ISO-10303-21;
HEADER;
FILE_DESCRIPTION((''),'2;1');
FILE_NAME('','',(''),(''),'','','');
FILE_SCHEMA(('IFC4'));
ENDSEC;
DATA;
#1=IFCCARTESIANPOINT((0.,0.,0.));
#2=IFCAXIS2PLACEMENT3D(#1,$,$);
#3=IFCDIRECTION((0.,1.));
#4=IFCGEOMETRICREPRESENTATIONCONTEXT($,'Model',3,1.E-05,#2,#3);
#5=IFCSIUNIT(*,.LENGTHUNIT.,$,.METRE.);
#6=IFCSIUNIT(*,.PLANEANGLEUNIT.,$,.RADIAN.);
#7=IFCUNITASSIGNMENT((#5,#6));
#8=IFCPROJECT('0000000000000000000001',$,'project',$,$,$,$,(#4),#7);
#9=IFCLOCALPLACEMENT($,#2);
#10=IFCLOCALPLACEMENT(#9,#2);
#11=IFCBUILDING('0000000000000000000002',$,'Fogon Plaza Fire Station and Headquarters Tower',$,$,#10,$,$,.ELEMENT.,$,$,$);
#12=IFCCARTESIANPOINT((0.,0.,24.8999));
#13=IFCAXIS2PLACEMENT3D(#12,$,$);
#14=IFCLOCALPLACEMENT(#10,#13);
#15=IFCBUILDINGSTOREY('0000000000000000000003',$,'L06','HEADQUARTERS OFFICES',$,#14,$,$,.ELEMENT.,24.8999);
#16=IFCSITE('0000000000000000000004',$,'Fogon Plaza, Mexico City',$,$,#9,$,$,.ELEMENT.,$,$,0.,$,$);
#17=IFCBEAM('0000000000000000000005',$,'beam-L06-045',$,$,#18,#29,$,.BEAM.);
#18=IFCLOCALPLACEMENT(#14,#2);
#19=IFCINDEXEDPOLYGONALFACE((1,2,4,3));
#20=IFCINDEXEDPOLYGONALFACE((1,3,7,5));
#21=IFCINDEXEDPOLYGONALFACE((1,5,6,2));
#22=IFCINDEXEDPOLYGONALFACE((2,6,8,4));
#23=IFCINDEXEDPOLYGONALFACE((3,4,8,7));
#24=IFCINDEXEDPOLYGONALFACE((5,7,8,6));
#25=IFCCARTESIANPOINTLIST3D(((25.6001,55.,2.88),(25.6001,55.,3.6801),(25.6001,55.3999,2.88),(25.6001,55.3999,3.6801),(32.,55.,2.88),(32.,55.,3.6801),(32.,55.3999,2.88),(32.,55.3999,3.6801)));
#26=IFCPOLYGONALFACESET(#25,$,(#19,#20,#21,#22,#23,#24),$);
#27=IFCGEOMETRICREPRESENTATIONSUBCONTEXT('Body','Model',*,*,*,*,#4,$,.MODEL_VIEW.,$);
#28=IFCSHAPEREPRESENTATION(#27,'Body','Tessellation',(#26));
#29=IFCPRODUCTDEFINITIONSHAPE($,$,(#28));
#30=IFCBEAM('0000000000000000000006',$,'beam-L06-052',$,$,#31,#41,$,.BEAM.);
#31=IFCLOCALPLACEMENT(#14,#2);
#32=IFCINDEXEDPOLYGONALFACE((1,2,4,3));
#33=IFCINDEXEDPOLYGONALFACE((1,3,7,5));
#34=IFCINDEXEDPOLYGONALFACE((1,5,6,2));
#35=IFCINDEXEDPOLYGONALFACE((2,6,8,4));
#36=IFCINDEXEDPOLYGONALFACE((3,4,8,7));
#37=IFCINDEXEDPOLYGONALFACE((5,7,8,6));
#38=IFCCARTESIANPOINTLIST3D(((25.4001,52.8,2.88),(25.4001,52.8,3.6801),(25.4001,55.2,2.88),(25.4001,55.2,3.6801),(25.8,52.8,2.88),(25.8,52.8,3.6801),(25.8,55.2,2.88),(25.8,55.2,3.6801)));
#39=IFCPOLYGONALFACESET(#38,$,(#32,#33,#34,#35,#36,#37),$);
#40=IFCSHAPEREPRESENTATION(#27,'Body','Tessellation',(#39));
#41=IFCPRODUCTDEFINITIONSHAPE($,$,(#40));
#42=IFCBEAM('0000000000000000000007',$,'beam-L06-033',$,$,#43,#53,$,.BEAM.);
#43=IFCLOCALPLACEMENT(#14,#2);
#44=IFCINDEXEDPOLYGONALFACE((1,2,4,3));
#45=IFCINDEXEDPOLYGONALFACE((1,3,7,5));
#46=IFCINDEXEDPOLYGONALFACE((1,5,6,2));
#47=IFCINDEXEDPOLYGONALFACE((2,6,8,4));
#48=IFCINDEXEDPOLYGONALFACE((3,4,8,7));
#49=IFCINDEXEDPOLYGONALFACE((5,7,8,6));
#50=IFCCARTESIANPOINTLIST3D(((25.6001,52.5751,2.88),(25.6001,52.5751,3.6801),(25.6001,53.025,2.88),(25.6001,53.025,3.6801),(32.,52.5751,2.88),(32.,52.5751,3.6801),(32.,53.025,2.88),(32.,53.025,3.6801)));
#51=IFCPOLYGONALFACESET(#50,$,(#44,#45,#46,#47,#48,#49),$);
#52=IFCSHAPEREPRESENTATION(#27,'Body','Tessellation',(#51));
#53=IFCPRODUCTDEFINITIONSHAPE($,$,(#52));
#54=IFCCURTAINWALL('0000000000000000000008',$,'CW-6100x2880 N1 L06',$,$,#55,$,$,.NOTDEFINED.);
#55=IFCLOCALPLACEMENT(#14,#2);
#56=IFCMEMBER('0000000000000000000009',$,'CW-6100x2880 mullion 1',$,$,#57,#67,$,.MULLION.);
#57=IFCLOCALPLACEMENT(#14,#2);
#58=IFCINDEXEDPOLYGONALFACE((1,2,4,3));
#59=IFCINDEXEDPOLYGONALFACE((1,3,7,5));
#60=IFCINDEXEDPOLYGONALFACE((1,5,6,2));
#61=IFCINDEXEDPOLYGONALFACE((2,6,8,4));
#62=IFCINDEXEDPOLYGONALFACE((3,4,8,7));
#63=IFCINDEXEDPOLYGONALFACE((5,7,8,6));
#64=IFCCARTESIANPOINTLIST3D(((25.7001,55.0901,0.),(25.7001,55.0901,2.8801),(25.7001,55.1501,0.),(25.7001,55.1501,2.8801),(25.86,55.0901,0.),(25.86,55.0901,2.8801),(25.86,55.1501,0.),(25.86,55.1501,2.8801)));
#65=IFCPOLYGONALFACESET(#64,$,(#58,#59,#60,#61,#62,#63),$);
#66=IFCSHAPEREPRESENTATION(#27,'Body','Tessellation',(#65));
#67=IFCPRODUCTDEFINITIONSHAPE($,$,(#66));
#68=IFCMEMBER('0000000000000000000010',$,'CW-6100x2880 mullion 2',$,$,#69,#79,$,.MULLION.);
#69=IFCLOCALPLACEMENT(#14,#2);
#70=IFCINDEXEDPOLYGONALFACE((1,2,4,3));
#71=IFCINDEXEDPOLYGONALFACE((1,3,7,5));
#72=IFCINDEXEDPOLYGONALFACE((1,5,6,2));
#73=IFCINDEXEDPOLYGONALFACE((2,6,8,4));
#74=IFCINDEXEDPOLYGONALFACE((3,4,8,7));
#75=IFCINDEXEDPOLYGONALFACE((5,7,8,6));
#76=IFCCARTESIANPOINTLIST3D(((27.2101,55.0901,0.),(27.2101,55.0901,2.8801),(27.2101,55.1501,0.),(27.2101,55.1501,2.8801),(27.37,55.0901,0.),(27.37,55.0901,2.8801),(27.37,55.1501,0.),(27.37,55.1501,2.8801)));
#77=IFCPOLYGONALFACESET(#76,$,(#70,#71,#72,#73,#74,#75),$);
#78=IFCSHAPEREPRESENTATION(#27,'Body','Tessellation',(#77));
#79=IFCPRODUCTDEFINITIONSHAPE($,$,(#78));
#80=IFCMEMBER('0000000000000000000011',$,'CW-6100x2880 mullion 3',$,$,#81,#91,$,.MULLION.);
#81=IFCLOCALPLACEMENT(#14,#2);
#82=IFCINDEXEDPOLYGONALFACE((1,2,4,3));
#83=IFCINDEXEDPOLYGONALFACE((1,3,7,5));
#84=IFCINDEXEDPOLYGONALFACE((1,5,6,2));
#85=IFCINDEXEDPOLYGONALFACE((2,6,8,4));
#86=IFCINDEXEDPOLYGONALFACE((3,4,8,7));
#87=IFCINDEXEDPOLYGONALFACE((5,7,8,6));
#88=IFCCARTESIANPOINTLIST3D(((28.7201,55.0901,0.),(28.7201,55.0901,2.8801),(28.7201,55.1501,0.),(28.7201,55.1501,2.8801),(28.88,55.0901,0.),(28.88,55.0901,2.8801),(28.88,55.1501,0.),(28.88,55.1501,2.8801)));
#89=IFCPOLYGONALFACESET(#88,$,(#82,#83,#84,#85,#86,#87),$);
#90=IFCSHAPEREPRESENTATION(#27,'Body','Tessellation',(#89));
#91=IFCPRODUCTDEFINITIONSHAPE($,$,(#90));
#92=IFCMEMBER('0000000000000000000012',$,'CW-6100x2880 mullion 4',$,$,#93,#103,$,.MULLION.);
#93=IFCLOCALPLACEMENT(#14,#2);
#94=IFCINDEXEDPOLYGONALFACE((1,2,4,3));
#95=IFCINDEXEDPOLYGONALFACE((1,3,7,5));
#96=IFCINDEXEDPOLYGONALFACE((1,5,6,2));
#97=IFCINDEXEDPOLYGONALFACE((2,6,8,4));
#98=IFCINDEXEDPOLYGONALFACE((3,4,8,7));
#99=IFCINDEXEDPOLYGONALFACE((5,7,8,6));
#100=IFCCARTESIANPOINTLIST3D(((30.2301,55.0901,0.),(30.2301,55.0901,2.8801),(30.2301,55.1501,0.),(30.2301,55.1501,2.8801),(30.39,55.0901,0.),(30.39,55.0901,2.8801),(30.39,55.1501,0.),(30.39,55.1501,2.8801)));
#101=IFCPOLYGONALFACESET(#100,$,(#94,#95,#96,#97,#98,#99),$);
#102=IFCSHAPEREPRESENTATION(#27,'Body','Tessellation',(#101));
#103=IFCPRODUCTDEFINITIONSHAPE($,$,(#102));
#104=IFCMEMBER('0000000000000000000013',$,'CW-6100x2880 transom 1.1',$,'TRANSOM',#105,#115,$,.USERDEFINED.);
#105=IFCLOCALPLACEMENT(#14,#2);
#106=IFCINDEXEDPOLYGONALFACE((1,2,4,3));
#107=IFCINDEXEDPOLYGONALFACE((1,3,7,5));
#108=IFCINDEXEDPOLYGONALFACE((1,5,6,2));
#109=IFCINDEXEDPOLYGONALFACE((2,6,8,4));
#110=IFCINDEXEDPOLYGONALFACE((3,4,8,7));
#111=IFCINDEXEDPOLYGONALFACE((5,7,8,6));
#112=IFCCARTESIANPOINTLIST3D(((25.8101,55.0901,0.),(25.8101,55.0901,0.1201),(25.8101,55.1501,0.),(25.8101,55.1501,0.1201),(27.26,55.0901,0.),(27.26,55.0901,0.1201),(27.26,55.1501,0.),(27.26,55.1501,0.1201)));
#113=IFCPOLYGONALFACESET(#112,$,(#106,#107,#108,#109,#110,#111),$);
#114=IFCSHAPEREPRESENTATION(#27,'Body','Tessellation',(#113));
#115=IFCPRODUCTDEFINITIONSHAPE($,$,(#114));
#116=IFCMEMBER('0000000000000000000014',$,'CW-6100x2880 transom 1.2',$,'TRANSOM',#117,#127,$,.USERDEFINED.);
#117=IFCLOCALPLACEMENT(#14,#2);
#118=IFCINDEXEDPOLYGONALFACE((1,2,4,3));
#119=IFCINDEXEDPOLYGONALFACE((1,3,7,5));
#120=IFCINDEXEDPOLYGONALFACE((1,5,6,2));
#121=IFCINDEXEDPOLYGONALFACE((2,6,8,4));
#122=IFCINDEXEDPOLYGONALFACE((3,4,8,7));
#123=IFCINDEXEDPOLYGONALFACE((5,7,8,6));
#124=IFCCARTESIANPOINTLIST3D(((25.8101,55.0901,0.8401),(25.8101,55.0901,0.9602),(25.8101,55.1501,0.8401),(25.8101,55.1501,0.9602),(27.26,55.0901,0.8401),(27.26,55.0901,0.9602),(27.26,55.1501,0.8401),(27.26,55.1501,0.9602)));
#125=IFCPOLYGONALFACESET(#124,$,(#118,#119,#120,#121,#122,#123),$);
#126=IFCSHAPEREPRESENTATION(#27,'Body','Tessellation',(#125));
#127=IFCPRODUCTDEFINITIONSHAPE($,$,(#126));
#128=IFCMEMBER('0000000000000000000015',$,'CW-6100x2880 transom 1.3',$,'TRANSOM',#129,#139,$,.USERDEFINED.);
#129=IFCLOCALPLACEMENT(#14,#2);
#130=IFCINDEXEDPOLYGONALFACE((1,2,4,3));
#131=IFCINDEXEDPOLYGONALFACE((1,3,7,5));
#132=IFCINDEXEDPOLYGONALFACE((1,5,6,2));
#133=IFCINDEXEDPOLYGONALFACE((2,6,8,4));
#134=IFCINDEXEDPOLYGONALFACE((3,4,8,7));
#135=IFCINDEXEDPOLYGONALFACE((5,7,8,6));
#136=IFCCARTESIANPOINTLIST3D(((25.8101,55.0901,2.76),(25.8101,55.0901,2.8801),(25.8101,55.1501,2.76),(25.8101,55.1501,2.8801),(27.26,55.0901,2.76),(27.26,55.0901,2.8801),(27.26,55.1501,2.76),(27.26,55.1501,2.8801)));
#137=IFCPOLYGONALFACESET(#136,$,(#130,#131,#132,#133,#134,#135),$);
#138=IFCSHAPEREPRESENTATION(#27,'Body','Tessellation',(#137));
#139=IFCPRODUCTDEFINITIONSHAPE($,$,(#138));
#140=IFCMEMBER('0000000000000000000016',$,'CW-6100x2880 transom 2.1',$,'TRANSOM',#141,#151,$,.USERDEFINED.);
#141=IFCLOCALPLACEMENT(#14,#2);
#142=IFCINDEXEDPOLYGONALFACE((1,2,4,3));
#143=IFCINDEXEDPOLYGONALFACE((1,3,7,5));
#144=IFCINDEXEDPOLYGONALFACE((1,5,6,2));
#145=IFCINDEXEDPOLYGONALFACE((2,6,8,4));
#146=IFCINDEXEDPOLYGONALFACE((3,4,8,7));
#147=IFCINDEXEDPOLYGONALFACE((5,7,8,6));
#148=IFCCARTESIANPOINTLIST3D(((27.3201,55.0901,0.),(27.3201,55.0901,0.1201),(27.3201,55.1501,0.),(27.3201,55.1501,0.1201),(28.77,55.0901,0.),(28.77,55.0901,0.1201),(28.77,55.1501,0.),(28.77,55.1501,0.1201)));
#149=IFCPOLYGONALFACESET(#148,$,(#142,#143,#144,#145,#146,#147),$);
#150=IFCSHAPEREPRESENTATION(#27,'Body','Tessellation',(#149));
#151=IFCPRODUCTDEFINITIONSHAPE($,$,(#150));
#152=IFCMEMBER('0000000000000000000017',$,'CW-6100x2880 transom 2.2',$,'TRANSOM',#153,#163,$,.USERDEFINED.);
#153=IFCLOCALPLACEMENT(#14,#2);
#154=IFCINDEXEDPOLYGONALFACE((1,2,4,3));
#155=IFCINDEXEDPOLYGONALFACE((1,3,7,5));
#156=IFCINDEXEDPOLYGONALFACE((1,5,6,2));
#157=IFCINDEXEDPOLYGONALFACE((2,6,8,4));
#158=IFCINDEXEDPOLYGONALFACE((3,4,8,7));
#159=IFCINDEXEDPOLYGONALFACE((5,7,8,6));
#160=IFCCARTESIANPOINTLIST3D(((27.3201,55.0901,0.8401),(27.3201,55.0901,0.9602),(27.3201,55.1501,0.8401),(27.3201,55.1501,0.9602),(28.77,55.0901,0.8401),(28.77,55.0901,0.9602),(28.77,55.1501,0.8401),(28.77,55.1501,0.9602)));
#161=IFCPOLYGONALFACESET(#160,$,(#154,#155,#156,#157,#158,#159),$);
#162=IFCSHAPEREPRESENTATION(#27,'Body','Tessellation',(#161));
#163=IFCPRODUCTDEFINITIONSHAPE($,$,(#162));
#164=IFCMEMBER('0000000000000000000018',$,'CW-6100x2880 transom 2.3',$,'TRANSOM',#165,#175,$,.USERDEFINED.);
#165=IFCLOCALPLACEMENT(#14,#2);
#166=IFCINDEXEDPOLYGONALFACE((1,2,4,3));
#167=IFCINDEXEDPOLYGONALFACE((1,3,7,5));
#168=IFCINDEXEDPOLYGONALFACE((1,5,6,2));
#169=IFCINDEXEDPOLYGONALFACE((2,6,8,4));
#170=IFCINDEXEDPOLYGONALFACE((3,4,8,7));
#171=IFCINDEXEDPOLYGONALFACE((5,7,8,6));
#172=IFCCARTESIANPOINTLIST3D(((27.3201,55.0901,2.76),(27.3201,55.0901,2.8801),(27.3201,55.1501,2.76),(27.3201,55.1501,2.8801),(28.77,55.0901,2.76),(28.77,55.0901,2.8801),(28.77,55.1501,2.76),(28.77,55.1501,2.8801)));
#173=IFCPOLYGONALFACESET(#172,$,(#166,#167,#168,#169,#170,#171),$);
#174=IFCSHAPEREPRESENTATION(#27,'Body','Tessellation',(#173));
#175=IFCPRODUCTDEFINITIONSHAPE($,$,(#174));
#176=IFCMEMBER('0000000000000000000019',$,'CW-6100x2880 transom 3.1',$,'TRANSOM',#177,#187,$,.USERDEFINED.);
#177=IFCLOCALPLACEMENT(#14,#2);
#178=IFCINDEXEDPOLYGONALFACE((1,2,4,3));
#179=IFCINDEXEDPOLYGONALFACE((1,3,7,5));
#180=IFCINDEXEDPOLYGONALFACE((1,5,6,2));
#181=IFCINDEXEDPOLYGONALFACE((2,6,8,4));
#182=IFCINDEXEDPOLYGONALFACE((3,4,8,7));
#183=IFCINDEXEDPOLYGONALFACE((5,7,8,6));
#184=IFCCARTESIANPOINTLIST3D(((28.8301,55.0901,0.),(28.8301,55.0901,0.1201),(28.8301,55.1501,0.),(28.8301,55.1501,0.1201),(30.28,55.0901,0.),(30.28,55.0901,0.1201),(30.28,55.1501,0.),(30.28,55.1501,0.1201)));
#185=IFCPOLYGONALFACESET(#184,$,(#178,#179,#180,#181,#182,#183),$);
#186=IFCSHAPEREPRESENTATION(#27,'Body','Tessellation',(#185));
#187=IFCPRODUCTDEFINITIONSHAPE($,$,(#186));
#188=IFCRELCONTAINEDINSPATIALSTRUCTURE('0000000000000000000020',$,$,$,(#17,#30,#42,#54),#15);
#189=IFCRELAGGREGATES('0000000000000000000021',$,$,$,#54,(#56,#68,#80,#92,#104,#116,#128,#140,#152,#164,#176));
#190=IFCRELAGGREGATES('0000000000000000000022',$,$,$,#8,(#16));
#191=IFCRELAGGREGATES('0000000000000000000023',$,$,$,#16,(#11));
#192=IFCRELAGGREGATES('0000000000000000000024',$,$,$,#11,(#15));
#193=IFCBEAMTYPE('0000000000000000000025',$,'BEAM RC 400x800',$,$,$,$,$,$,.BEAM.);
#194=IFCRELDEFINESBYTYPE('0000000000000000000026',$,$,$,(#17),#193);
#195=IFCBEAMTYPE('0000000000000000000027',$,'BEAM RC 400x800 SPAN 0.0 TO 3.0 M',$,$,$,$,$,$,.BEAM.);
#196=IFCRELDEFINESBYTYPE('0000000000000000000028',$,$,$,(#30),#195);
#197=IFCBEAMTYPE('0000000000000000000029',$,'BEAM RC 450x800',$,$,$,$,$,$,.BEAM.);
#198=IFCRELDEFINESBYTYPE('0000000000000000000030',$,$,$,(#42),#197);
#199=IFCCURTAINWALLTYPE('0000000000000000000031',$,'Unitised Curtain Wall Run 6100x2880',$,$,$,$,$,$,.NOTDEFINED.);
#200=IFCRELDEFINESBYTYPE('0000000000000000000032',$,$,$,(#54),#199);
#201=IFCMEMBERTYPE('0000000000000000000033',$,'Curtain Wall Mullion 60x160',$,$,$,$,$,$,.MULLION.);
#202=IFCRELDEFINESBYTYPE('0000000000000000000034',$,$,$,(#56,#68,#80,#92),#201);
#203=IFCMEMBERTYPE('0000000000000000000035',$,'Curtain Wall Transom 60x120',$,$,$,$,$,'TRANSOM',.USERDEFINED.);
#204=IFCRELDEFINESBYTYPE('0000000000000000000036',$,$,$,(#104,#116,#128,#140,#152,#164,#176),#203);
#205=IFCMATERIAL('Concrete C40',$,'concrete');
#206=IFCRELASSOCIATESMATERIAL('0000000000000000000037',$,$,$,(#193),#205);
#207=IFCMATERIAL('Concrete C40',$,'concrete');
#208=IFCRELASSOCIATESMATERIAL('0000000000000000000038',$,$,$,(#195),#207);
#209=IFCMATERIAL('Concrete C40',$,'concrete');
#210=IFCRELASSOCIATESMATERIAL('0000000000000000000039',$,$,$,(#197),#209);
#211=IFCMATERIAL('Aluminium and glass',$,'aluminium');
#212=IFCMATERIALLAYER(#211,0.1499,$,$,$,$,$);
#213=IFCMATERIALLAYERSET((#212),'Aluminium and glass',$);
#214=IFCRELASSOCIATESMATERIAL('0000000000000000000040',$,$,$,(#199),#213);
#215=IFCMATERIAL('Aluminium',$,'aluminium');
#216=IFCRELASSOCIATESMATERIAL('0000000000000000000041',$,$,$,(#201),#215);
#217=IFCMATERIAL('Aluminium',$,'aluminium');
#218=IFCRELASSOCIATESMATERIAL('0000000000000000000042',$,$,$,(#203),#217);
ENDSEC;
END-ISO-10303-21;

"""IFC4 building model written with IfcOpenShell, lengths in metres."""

from ifc_helpers import new_model, si_unit, direction, frame, origin, origin_2d, place, context, subcontext, project, spatial, rectangle, extrude, material, layer, layer_set, material_profile, profile_set, type_object, element, aggregate, save


model = new_model("IFC4")

# Units and contexts
model_context = context("Model", 3, precision=1e-05, world=origin(), true_north=direction((0.0, 1.0)))
body_context = subcontext(model_context, "Body", "Model", "MODEL_VIEW")
ifc_project = project(units=[si_unit("LENGTHUNIT", "METRE"), si_unit("PLANEANGLEUNIT", "RADIAN")], contexts=[model_context])

# Site, building, storey
site_placement = place(None, origin())
site = spatial("IfcSite", under=ifc_project, at=site_placement, Name="Fogon Plaza, Mexico City", CompositionType="ELEMENT", RefElevation=0.0)
building_placement = place(site_placement, origin())
building = spatial("IfcBuilding", under=site, at=building_placement, Name="Fogon Plaza Fire Station and Headquarters Tower", CompositionType="ELEMENT")
storey_placement = place(building_placement, frame((0.0, 0.0, 24.8999)))
storey = spatial("IfcBuildingStorey", under=building, at=storey_placement, Name="L06", Description="HEADQUARTERS OFFICES", CompositionType="ELEMENT", Elevation=24.8999)

# Beams
ifc_material_1 = material(Name="Concrete C40", Category="concrete")
ifc_material_profile_1 = material_profile(ifc_material_1, rectangle(XDim=0.3999, YDim=0.8, at=origin_2d()), Name="RC 400x800")
ifc_profile_set_1 = profile_set([ifc_material_profile_1], Name="Concrete C40")
beam_type_1 = type_object("IfcBeamType", Name="BEAM RC 400x800", PredefinedType="BEAM", material=ifc_profile_set_1)
beam_1_placement = place(storey_placement, frame((25.6001, 55.2, 3.28), z_axis=(1.0, 0.0, 0.0), x_axis=(0.0, 1.0, 0.0)))
element("IfcBeam", 1, at=beam_1_placement, inside=storey, type_object=beam_type_1, Name="beam-L06-045", PredefinedType="BEAM", context=body_context, shape_type="SweptSolid", body=[
    extrude(rectangle(XDim=0.3999, YDim=0.8, at=origin_2d()), origin(), (0.0, 0.0, 1.0), 6.3999),
])
ifc_material_2 = material(Name="Concrete C40", Category="concrete")
ifc_material_profile_2 = material_profile(ifc_material_2, rectangle(XDim=0.3999, YDim=0.8, at=origin_2d()), Name="RC 400x800")
ifc_profile_set_2 = profile_set([ifc_material_profile_2], Name="Concrete C40")
beam_type_2 = type_object("IfcBeamType", Name="BEAM RC 400x800 SPAN 0.0 TO 3.0 M", PredefinedType="BEAM", material=ifc_profile_set_2)
beam_2_placement = place(storey_placement, frame((25.6001, 52.8, 3.28), z_axis=(0.0, 1.0, 0.0), x_axis=(-1.0, 0.0, 0.0)))
element("IfcBeam", 2, at=beam_2_placement, inside=storey, type_object=beam_type_2, Name="beam-L06-052", PredefinedType="BEAM", context=body_context, shape_type="SweptSolid", body=[
    extrude(rectangle(XDim=0.3999, YDim=0.8, at=origin_2d()), origin(), (0.0, 0.0, 1.0), 2.3999),
])
ifc_material_3 = material(Name="Concrete C40", Category="concrete")
ifc_material_profile_3 = material_profile(ifc_material_3, rectangle(XDim=0.45, YDim=0.8, at=origin_2d()), Name="RC 450x800")
ifc_profile_set_3 = profile_set([ifc_material_profile_3], Name="Concrete C40")
beam_type_3 = type_object("IfcBeamType", Name="BEAM RC 450x800", PredefinedType="BEAM", material=ifc_profile_set_3)
beam_3_placement = place(storey_placement, frame((25.6001, 52.8, 3.28), z_axis=(1.0, 0.0, 0.0), x_axis=(0.0, 1.0, 0.0)))
element("IfcBeam", 3, at=beam_3_placement, inside=storey, type_object=beam_type_3, Name="beam-L06-033", PredefinedType="BEAM", context=body_context, shape_type="SweptSolid", body=[
    extrude(rectangle(XDim=0.45, YDim=0.8, at=origin_2d()), origin(), (0.0, 0.0, 1.0), 6.3999),
])

# Curtain wall, members
ifc_material_4 = material(Name="Aluminium and glass", Category="aluminium")
ifc_layer_1 = layer(ifc_material_4, 0.1499)
ifc_layer_set_1 = layer_set([ifc_layer_1], Name="Aluminium and glass")
curtain_wall_type = type_object("IfcCurtainWallType", Name="Unitised Curtain Wall Run 6100x2880", PredefinedType="NOTDEFINED", material=ifc_layer_set_1)
curtain_wall_placement = place(storey_placement, origin())
curtain_wall = element("IfcCurtainWall", 4, at=curtain_wall_placement, inside=storey, type_object=curtain_wall_type, Name="CW-6100x2880 N1 L06", PredefinedType="NOTDEFINED")
ifc_material_5 = material(Name="Aluminium", Category="aluminium")
ifc_material_profile_4 = material_profile(ifc_material_5, rectangle(XDim=0.0601, YDim=0.1599, at=origin_2d()), Name="Curtain Wall Mullion 60x160")
ifc_profile_set_4 = profile_set([ifc_material_profile_4], Name="Aluminium")
member_type_1 = type_object("IfcMemberType", Name="Curtain Wall Mullion 60x160", PredefinedType="MULLION", material=ifc_profile_set_4)
member_1_placement = place(storey_placement, frame((25.78, 55.1201, 0.0), z_axis=(0.0, 0.0, 1.0), x_axis=(0.0, 1.0, 0.0)))
member_1 = element("IfcMember", 5, at=member_1_placement, type_object=member_type_1, Name="CW-6100x2880 mullion 1", PredefinedType="MULLION", context=body_context, shape_type="SweptSolid", body=[
    extrude(rectangle(XDim=0.0601, YDim=0.1599, at=origin_2d()), origin(), (0.0, 0.0, 1.0), 2.8801),
])
member_2_placement = place(storey_placement, frame((27.29, 55.1201, 0.0), z_axis=(0.0, 0.0, 1.0), x_axis=(0.0, 1.0, 0.0)))
member_2 = element("IfcMember", 6, at=member_2_placement, type_object=member_type_1, Name="CW-6100x2880 mullion 2", PredefinedType="MULLION", context=body_context, shape_type="SweptSolid", body=[
    extrude(rectangle(XDim=0.0601, YDim=0.1599, at=origin_2d()), origin(), (0.0, 0.0, 1.0), 2.8801),
])
member_3_placement = place(storey_placement, frame((28.8, 55.1201, 0.0), z_axis=(0.0, 0.0, 1.0), x_axis=(0.0, 1.0, 0.0)))
member_3 = element("IfcMember", 7, at=member_3_placement, type_object=member_type_1, Name="CW-6100x2880 mullion 3", PredefinedType="MULLION", context=body_context, shape_type="SweptSolid", body=[
    extrude(rectangle(XDim=0.0601, YDim=0.1599, at=origin_2d()), origin(), (0.0, 0.0, 1.0), 2.8801),
])
member_4_placement = place(storey_placement, frame((30.3101, 55.1201, 0.0), z_axis=(0.0, 0.0, 1.0), x_axis=(0.0, 1.0, 0.0)))
member_4 = element("IfcMember", 8, at=member_4_placement, type_object=member_type_1, Name="CW-6100x2880 mullion 4", PredefinedType="MULLION", context=body_context, shape_type="SweptSolid", body=[
    extrude(rectangle(XDim=0.0601, YDim=0.1599, at=origin_2d()), origin(), (0.0, 0.0, 1.0), 2.8801),
])
ifc_material_6 = material(Name="Aluminium", Category="aluminium")
ifc_material_profile_5 = material_profile(ifc_material_6, rectangle(XDim=0.0601, YDim=0.1201, at=origin_2d()), Name="Curtain Wall Transom 60x120")
ifc_profile_set_5 = profile_set([ifc_material_profile_5], Name="Aluminium")
member_type_2 = type_object("IfcMemberType", Name="Curtain Wall Transom 60x120", ElementType="TRANSOM", PredefinedType="USERDEFINED", material=ifc_profile_set_5)
member_5_placement = place(storey_placement, frame((25.8101, 55.1201, 0.0601), z_axis=(1.0, 0.0, 0.0), x_axis=(0.0, 1.0, 0.0)))
member_5 = element("IfcMember", 9, at=member_5_placement, type_object=member_type_2, Name="CW-6100x2880 transom 1.1", ObjectType="TRANSOM", PredefinedType="USERDEFINED", context=body_context, shape_type="SweptSolid", body=[
    extrude(rectangle(XDim=0.0601, YDim=0.1201, at=origin_2d()), origin(), (0.0, 0.0, 1.0), 1.45),
])
member_6_placement = place(storey_placement, frame((25.8101, 55.1201, 0.9001), z_axis=(1.0, 0.0, 0.0), x_axis=(0.0, 1.0, 0.0)))
member_6 = element("IfcMember", 10, at=member_6_placement, type_object=member_type_2, Name="CW-6100x2880 transom 1.2", ObjectType="TRANSOM", PredefinedType="USERDEFINED", context=body_context, shape_type="SweptSolid", body=[
    extrude(rectangle(XDim=0.0601, YDim=0.1201, at=origin_2d()), origin(), (0.0, 0.0, 1.0), 1.45),
])
member_7_placement = place(storey_placement, frame((25.8101, 55.1201, 2.8201), z_axis=(1.0, 0.0, 0.0), x_axis=(0.0, 1.0, 0.0)))
member_7 = element("IfcMember", 11, at=member_7_placement, type_object=member_type_2, Name="CW-6100x2880 transom 1.3", ObjectType="TRANSOM", PredefinedType="USERDEFINED", context=body_context, shape_type="SweptSolid", body=[
    extrude(rectangle(XDim=0.0601, YDim=0.1201, at=origin_2d()), origin(), (0.0, 0.0, 1.0), 1.45),
])
member_8_placement = place(storey_placement, frame((27.3201, 55.1201, 0.0601), z_axis=(1.0, 0.0, 0.0), x_axis=(0.0, 1.0, 0.0)))
member_8 = element("IfcMember", 12, at=member_8_placement, type_object=member_type_2, Name="CW-6100x2880 transom 2.1", ObjectType="TRANSOM", PredefinedType="USERDEFINED", context=body_context, shape_type="SweptSolid", body=[
    extrude(rectangle(XDim=0.0601, YDim=0.1201, at=origin_2d()), origin(), (0.0, 0.0, 1.0), 1.45),
])
member_9_placement = place(storey_placement, frame((27.3201, 55.1201, 0.9001), z_axis=(1.0, 0.0, 0.0), x_axis=(0.0, 1.0, 0.0)))
member_9 = element("IfcMember", 13, at=member_9_placement, type_object=member_type_2, Name="CW-6100x2880 transom 2.2", ObjectType="TRANSOM", PredefinedType="USERDEFINED", context=body_context, shape_type="SweptSolid", body=[
    extrude(rectangle(XDim=0.0601, YDim=0.1201, at=origin_2d()), origin(), (0.0, 0.0, 1.0), 1.45),
])
member_10_placement = place(storey_placement, frame((27.3201, 55.1201, 2.8201), z_axis=(1.0, 0.0, 0.0), x_axis=(0.0, 1.0, 0.0)))
member_10 = element("IfcMember", 14, at=member_10_placement, type_object=member_type_2, Name="CW-6100x2880 transom 2.3", ObjectType="TRANSOM", PredefinedType="USERDEFINED", context=body_context, shape_type="SweptSolid", body=[
    extrude(rectangle(XDim=0.0601, YDim=0.1201, at=origin_2d()), origin(), (0.0, 0.0, 1.0), 1.45),
])
member_11_placement = place(storey_placement, frame((28.8301, 55.1201, 0.0601), z_axis=(1.0, 0.0, 0.0), x_axis=(0.0, 1.0, 0.0)))
member_11 = element("IfcMember", 15, at=member_11_placement, type_object=member_type_2, Name="CW-6100x2880 transom 3.1", ObjectType="TRANSOM", PredefinedType="USERDEFINED", context=body_context, shape_type="SweptSolid", body=[
    extrude(rectangle(XDim=0.0601, YDim=0.1201, at=origin_2d()), origin(), (0.0, 0.0, 1.0), 1.45),
])

aggregate(curtain_wall, [member_1, member_2, member_3, member_4, member_5, member_6, member_7, member_8, member_9, member_10, member_11])

save(model, "model.ifc")
